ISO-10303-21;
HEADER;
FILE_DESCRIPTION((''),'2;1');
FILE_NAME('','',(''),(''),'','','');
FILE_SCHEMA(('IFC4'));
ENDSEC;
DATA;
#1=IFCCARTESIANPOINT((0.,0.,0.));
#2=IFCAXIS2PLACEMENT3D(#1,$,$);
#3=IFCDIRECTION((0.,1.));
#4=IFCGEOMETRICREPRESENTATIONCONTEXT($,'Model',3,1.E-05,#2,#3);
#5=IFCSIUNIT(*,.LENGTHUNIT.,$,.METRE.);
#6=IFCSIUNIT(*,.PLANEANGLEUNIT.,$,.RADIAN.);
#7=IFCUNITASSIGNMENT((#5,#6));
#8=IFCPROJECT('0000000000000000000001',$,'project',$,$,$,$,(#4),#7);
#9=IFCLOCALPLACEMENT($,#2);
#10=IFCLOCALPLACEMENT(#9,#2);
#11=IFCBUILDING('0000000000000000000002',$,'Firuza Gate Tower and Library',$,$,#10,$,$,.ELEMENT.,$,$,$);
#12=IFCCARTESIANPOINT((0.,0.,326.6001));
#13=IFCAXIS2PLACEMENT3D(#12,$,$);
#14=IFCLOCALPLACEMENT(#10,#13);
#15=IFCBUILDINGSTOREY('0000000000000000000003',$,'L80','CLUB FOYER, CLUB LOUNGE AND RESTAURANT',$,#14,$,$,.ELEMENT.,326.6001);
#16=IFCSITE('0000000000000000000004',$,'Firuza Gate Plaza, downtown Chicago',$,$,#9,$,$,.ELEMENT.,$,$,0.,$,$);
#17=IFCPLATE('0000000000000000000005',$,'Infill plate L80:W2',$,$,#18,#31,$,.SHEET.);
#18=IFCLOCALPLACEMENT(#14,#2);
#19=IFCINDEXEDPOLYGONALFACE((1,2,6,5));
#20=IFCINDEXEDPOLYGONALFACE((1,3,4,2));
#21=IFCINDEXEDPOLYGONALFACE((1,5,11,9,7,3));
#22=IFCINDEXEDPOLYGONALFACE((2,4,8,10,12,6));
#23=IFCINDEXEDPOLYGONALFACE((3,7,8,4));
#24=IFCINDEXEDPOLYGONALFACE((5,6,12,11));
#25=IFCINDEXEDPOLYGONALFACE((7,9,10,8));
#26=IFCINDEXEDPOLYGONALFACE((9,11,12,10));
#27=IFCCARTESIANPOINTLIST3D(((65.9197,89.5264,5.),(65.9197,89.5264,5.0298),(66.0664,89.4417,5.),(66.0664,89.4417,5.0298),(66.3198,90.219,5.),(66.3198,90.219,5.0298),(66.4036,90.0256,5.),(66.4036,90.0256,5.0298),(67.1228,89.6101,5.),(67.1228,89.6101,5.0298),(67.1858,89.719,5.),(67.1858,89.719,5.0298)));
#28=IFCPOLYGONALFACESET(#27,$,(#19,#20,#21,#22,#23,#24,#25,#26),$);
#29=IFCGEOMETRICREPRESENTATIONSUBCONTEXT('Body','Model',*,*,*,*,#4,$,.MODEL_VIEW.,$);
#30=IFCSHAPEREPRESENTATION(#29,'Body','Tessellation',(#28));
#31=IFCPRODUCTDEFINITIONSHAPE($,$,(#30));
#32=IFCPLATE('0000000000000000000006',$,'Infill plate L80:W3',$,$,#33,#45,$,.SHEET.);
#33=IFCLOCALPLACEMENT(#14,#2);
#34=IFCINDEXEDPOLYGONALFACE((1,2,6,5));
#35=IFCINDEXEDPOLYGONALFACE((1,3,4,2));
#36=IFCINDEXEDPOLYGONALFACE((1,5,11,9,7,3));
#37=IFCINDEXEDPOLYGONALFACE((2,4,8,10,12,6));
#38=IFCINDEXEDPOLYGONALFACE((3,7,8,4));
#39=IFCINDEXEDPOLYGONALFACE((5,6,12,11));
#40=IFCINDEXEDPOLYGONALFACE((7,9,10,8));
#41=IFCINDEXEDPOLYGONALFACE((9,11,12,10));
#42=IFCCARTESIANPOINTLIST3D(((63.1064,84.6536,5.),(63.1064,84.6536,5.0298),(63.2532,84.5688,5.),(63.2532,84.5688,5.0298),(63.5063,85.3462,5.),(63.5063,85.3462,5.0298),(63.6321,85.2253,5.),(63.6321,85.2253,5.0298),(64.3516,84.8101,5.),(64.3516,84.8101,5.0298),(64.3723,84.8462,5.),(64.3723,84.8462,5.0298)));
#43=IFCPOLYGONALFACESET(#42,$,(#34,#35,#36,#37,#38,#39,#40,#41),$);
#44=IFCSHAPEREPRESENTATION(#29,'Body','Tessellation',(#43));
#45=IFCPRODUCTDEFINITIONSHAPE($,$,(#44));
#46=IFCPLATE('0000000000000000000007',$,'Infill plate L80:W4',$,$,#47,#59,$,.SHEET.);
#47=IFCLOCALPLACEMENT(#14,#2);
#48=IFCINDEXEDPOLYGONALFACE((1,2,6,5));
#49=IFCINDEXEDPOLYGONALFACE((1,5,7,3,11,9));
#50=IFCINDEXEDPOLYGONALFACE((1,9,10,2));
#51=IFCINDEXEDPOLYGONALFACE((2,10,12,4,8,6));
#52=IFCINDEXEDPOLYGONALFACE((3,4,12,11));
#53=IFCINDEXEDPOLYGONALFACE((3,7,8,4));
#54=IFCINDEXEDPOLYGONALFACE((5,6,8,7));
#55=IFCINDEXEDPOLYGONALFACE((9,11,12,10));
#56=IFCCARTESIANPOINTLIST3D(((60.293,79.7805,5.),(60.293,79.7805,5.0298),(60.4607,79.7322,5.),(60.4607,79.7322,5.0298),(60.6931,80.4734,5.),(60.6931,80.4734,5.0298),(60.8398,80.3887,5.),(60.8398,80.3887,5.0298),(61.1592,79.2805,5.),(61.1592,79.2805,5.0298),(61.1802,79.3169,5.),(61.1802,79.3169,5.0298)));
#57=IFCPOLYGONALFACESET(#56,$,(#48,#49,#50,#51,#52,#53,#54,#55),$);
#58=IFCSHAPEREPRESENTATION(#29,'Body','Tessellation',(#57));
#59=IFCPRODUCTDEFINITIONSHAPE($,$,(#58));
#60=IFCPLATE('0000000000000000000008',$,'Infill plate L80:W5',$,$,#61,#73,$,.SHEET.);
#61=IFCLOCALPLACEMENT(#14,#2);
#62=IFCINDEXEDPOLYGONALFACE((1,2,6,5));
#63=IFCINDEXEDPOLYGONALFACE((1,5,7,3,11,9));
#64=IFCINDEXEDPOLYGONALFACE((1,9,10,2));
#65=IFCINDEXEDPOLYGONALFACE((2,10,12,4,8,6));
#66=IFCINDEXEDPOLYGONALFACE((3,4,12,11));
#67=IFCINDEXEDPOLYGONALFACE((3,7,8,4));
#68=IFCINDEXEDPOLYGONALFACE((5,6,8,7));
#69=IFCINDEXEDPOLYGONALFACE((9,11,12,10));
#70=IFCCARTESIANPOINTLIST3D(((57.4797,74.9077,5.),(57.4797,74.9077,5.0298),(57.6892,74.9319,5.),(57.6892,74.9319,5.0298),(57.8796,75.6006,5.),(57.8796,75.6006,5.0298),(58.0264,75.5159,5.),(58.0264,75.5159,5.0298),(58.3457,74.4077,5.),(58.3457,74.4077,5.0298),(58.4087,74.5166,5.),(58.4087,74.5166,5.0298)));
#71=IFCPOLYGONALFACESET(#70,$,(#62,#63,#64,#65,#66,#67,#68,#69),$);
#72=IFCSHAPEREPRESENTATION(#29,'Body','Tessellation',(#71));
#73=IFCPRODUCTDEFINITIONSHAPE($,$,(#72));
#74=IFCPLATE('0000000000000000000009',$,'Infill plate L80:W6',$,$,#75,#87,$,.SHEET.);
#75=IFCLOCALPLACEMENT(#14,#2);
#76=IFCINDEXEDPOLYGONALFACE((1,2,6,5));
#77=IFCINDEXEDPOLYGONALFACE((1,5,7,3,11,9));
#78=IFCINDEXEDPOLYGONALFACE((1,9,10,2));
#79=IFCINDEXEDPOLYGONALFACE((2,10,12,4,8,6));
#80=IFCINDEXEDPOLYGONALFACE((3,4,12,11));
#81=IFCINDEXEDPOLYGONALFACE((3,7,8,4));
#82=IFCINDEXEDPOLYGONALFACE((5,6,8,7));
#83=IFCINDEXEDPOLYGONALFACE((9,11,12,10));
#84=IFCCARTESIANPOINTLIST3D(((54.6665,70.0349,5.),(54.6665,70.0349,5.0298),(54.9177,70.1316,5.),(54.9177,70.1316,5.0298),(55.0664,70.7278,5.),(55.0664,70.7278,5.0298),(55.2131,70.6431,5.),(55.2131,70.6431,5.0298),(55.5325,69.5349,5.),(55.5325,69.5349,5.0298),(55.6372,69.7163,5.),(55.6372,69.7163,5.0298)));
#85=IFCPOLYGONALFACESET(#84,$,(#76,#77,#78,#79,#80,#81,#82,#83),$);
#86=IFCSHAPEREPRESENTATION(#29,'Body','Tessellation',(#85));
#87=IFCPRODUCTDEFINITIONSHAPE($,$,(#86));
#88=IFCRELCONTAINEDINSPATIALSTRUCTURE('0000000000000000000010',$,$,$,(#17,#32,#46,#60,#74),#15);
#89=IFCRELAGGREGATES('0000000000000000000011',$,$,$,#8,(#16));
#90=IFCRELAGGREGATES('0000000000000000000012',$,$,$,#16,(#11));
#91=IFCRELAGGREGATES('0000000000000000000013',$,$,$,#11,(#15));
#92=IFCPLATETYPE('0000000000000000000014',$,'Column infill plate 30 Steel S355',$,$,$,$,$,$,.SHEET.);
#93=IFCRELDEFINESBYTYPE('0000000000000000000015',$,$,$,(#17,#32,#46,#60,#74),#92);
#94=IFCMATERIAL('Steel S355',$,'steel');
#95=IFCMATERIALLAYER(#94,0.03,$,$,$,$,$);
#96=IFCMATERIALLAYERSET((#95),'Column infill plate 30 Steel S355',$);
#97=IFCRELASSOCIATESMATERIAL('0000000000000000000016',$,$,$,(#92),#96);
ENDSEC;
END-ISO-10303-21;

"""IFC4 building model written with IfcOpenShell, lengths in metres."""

from ifc_helpers import new_model, si_unit, direction, frame, origin, place, context, subcontext, project, spatial, polyline, outline, extrude, material, layer, layer_set, type_object, element, save


model = new_model("IFC4")

# Units and contexts
model_context = context("Model", 3, precision=1e-05, world=origin(), true_north=direction((0.0, 1.0)))
body_context = subcontext(model_context, "Body", "Model", "MODEL_VIEW")
ifc_project = project(units=[si_unit("LENGTHUNIT", "METRE"), si_unit("PLANEANGLEUNIT", "RADIAN")], contexts=[model_context])

# Site, building, storey
site_placement = place(None, origin())
site = spatial("IfcSite", under=ifc_project, at=site_placement, Name="Firuza Gate Plaza, downtown Chicago", CompositionType="ELEMENT", RefElevation=0.0)
building_placement = place(site_placement, origin())
building = spatial("IfcBuilding", under=site, at=building_placement, Name="Firuza Gate Tower and Library", CompositionType="ELEMENT")
storey_placement = place(building_placement, frame((0.0, 0.0, 326.6001)))
storey = spatial("IfcBuildingStorey", under=building, at=storey_placement, Name="L80", Description="CLUB FOYER, CLUB LOUNGE AND RESTAURANT", CompositionType="ELEMENT", Elevation=326.6001)

# Plates
ifc_material_1 = material(Name="Steel S355", Category="steel")
ifc_layer_1 = layer(ifc_material_1, 0.03)
ifc_layer_set_1 = layer_set([ifc_layer_1], Name="Column infill plate 30 Steel S355")
plate_type = type_object("IfcPlateType", Name="Column infill plate 30 Steel S355", PredefinedType="SHEET", material=ifc_layer_set_1)
placement_1 = place(storey_placement, frame((0.0, 0.0, 5.0)))
element("IfcPlate", 1, at=placement_1, inside=storey, type_object=plate_type, Name="Infill plate L80:W2", PredefinedType="SHEET", context=body_context, shape_type="SweptSolid", body=[
    extrude(outline(polyline([(65.9197, 89.5264), (66.0664, 89.4417), (66.4036, 90.0256), (67.1228, 89.6101), (67.1858, 89.719), (66.3198, 90.219), (65.9197, 89.5264)])), origin(), (0.0, 0.0, 1.0), 0.0298),
])
element("IfcPlate", 2, at=placement_1, inside=storey, type_object=plate_type, Name="Infill plate L80:W3", PredefinedType="SHEET", context=body_context, shape_type="SweptSolid", body=[
    extrude(outline(polyline([(63.1064, 84.6536), (63.2532, 84.5688), (63.6321, 85.2253), (64.3516, 84.8101), (64.3723, 84.8462), (63.5063, 85.3462), (63.1064, 84.6536)])), origin(), (0.0, 0.0, 1.0), 0.0298),
])
element("IfcPlate", 3, at=placement_1, inside=storey, type_object=plate_type, Name="Infill plate L80:W4", PredefinedType="SHEET", context=body_context, shape_type="SweptSolid", body=[
    extrude(outline(polyline([(61.1592, 79.2805), (61.1802, 79.3169), (60.4607, 79.7322), (60.8398, 80.3887), (60.6931, 80.4734), (60.293, 79.7805), (61.1592, 79.2805)])), origin(), (0.0, 0.0, 1.0), 0.0298),
])
element("IfcPlate", 4, at=placement_1, inside=storey, type_object=plate_type, Name="Infill plate L80:W5", PredefinedType="SHEET", context=body_context, shape_type="SweptSolid", body=[
    extrude(outline(polyline([(58.3457, 74.4077), (58.4087, 74.5166), (57.6892, 74.9319), (58.0264, 75.5159), (57.8796, 75.6006), (57.4797, 74.9077), (58.3457, 74.4077)])), origin(), (0.0, 0.0, 1.0), 0.0298),
])
element("IfcPlate", 5, at=placement_1, inside=storey, type_object=plate_type, Name="Infill plate L80:W6", PredefinedType="SHEET", context=body_context, shape_type="SweptSolid", body=[
    extrude(outline(polyline([(55.5325, 69.5349), (55.6372, 69.7163), (54.9177, 70.1316), (55.2131, 70.6431), (55.0664, 70.7278), (54.6665, 70.0349), (55.5325, 69.5349)])), origin(), (0.0, 0.0, 1.0), 0.0298),
])

save(model, "model.ifc")
